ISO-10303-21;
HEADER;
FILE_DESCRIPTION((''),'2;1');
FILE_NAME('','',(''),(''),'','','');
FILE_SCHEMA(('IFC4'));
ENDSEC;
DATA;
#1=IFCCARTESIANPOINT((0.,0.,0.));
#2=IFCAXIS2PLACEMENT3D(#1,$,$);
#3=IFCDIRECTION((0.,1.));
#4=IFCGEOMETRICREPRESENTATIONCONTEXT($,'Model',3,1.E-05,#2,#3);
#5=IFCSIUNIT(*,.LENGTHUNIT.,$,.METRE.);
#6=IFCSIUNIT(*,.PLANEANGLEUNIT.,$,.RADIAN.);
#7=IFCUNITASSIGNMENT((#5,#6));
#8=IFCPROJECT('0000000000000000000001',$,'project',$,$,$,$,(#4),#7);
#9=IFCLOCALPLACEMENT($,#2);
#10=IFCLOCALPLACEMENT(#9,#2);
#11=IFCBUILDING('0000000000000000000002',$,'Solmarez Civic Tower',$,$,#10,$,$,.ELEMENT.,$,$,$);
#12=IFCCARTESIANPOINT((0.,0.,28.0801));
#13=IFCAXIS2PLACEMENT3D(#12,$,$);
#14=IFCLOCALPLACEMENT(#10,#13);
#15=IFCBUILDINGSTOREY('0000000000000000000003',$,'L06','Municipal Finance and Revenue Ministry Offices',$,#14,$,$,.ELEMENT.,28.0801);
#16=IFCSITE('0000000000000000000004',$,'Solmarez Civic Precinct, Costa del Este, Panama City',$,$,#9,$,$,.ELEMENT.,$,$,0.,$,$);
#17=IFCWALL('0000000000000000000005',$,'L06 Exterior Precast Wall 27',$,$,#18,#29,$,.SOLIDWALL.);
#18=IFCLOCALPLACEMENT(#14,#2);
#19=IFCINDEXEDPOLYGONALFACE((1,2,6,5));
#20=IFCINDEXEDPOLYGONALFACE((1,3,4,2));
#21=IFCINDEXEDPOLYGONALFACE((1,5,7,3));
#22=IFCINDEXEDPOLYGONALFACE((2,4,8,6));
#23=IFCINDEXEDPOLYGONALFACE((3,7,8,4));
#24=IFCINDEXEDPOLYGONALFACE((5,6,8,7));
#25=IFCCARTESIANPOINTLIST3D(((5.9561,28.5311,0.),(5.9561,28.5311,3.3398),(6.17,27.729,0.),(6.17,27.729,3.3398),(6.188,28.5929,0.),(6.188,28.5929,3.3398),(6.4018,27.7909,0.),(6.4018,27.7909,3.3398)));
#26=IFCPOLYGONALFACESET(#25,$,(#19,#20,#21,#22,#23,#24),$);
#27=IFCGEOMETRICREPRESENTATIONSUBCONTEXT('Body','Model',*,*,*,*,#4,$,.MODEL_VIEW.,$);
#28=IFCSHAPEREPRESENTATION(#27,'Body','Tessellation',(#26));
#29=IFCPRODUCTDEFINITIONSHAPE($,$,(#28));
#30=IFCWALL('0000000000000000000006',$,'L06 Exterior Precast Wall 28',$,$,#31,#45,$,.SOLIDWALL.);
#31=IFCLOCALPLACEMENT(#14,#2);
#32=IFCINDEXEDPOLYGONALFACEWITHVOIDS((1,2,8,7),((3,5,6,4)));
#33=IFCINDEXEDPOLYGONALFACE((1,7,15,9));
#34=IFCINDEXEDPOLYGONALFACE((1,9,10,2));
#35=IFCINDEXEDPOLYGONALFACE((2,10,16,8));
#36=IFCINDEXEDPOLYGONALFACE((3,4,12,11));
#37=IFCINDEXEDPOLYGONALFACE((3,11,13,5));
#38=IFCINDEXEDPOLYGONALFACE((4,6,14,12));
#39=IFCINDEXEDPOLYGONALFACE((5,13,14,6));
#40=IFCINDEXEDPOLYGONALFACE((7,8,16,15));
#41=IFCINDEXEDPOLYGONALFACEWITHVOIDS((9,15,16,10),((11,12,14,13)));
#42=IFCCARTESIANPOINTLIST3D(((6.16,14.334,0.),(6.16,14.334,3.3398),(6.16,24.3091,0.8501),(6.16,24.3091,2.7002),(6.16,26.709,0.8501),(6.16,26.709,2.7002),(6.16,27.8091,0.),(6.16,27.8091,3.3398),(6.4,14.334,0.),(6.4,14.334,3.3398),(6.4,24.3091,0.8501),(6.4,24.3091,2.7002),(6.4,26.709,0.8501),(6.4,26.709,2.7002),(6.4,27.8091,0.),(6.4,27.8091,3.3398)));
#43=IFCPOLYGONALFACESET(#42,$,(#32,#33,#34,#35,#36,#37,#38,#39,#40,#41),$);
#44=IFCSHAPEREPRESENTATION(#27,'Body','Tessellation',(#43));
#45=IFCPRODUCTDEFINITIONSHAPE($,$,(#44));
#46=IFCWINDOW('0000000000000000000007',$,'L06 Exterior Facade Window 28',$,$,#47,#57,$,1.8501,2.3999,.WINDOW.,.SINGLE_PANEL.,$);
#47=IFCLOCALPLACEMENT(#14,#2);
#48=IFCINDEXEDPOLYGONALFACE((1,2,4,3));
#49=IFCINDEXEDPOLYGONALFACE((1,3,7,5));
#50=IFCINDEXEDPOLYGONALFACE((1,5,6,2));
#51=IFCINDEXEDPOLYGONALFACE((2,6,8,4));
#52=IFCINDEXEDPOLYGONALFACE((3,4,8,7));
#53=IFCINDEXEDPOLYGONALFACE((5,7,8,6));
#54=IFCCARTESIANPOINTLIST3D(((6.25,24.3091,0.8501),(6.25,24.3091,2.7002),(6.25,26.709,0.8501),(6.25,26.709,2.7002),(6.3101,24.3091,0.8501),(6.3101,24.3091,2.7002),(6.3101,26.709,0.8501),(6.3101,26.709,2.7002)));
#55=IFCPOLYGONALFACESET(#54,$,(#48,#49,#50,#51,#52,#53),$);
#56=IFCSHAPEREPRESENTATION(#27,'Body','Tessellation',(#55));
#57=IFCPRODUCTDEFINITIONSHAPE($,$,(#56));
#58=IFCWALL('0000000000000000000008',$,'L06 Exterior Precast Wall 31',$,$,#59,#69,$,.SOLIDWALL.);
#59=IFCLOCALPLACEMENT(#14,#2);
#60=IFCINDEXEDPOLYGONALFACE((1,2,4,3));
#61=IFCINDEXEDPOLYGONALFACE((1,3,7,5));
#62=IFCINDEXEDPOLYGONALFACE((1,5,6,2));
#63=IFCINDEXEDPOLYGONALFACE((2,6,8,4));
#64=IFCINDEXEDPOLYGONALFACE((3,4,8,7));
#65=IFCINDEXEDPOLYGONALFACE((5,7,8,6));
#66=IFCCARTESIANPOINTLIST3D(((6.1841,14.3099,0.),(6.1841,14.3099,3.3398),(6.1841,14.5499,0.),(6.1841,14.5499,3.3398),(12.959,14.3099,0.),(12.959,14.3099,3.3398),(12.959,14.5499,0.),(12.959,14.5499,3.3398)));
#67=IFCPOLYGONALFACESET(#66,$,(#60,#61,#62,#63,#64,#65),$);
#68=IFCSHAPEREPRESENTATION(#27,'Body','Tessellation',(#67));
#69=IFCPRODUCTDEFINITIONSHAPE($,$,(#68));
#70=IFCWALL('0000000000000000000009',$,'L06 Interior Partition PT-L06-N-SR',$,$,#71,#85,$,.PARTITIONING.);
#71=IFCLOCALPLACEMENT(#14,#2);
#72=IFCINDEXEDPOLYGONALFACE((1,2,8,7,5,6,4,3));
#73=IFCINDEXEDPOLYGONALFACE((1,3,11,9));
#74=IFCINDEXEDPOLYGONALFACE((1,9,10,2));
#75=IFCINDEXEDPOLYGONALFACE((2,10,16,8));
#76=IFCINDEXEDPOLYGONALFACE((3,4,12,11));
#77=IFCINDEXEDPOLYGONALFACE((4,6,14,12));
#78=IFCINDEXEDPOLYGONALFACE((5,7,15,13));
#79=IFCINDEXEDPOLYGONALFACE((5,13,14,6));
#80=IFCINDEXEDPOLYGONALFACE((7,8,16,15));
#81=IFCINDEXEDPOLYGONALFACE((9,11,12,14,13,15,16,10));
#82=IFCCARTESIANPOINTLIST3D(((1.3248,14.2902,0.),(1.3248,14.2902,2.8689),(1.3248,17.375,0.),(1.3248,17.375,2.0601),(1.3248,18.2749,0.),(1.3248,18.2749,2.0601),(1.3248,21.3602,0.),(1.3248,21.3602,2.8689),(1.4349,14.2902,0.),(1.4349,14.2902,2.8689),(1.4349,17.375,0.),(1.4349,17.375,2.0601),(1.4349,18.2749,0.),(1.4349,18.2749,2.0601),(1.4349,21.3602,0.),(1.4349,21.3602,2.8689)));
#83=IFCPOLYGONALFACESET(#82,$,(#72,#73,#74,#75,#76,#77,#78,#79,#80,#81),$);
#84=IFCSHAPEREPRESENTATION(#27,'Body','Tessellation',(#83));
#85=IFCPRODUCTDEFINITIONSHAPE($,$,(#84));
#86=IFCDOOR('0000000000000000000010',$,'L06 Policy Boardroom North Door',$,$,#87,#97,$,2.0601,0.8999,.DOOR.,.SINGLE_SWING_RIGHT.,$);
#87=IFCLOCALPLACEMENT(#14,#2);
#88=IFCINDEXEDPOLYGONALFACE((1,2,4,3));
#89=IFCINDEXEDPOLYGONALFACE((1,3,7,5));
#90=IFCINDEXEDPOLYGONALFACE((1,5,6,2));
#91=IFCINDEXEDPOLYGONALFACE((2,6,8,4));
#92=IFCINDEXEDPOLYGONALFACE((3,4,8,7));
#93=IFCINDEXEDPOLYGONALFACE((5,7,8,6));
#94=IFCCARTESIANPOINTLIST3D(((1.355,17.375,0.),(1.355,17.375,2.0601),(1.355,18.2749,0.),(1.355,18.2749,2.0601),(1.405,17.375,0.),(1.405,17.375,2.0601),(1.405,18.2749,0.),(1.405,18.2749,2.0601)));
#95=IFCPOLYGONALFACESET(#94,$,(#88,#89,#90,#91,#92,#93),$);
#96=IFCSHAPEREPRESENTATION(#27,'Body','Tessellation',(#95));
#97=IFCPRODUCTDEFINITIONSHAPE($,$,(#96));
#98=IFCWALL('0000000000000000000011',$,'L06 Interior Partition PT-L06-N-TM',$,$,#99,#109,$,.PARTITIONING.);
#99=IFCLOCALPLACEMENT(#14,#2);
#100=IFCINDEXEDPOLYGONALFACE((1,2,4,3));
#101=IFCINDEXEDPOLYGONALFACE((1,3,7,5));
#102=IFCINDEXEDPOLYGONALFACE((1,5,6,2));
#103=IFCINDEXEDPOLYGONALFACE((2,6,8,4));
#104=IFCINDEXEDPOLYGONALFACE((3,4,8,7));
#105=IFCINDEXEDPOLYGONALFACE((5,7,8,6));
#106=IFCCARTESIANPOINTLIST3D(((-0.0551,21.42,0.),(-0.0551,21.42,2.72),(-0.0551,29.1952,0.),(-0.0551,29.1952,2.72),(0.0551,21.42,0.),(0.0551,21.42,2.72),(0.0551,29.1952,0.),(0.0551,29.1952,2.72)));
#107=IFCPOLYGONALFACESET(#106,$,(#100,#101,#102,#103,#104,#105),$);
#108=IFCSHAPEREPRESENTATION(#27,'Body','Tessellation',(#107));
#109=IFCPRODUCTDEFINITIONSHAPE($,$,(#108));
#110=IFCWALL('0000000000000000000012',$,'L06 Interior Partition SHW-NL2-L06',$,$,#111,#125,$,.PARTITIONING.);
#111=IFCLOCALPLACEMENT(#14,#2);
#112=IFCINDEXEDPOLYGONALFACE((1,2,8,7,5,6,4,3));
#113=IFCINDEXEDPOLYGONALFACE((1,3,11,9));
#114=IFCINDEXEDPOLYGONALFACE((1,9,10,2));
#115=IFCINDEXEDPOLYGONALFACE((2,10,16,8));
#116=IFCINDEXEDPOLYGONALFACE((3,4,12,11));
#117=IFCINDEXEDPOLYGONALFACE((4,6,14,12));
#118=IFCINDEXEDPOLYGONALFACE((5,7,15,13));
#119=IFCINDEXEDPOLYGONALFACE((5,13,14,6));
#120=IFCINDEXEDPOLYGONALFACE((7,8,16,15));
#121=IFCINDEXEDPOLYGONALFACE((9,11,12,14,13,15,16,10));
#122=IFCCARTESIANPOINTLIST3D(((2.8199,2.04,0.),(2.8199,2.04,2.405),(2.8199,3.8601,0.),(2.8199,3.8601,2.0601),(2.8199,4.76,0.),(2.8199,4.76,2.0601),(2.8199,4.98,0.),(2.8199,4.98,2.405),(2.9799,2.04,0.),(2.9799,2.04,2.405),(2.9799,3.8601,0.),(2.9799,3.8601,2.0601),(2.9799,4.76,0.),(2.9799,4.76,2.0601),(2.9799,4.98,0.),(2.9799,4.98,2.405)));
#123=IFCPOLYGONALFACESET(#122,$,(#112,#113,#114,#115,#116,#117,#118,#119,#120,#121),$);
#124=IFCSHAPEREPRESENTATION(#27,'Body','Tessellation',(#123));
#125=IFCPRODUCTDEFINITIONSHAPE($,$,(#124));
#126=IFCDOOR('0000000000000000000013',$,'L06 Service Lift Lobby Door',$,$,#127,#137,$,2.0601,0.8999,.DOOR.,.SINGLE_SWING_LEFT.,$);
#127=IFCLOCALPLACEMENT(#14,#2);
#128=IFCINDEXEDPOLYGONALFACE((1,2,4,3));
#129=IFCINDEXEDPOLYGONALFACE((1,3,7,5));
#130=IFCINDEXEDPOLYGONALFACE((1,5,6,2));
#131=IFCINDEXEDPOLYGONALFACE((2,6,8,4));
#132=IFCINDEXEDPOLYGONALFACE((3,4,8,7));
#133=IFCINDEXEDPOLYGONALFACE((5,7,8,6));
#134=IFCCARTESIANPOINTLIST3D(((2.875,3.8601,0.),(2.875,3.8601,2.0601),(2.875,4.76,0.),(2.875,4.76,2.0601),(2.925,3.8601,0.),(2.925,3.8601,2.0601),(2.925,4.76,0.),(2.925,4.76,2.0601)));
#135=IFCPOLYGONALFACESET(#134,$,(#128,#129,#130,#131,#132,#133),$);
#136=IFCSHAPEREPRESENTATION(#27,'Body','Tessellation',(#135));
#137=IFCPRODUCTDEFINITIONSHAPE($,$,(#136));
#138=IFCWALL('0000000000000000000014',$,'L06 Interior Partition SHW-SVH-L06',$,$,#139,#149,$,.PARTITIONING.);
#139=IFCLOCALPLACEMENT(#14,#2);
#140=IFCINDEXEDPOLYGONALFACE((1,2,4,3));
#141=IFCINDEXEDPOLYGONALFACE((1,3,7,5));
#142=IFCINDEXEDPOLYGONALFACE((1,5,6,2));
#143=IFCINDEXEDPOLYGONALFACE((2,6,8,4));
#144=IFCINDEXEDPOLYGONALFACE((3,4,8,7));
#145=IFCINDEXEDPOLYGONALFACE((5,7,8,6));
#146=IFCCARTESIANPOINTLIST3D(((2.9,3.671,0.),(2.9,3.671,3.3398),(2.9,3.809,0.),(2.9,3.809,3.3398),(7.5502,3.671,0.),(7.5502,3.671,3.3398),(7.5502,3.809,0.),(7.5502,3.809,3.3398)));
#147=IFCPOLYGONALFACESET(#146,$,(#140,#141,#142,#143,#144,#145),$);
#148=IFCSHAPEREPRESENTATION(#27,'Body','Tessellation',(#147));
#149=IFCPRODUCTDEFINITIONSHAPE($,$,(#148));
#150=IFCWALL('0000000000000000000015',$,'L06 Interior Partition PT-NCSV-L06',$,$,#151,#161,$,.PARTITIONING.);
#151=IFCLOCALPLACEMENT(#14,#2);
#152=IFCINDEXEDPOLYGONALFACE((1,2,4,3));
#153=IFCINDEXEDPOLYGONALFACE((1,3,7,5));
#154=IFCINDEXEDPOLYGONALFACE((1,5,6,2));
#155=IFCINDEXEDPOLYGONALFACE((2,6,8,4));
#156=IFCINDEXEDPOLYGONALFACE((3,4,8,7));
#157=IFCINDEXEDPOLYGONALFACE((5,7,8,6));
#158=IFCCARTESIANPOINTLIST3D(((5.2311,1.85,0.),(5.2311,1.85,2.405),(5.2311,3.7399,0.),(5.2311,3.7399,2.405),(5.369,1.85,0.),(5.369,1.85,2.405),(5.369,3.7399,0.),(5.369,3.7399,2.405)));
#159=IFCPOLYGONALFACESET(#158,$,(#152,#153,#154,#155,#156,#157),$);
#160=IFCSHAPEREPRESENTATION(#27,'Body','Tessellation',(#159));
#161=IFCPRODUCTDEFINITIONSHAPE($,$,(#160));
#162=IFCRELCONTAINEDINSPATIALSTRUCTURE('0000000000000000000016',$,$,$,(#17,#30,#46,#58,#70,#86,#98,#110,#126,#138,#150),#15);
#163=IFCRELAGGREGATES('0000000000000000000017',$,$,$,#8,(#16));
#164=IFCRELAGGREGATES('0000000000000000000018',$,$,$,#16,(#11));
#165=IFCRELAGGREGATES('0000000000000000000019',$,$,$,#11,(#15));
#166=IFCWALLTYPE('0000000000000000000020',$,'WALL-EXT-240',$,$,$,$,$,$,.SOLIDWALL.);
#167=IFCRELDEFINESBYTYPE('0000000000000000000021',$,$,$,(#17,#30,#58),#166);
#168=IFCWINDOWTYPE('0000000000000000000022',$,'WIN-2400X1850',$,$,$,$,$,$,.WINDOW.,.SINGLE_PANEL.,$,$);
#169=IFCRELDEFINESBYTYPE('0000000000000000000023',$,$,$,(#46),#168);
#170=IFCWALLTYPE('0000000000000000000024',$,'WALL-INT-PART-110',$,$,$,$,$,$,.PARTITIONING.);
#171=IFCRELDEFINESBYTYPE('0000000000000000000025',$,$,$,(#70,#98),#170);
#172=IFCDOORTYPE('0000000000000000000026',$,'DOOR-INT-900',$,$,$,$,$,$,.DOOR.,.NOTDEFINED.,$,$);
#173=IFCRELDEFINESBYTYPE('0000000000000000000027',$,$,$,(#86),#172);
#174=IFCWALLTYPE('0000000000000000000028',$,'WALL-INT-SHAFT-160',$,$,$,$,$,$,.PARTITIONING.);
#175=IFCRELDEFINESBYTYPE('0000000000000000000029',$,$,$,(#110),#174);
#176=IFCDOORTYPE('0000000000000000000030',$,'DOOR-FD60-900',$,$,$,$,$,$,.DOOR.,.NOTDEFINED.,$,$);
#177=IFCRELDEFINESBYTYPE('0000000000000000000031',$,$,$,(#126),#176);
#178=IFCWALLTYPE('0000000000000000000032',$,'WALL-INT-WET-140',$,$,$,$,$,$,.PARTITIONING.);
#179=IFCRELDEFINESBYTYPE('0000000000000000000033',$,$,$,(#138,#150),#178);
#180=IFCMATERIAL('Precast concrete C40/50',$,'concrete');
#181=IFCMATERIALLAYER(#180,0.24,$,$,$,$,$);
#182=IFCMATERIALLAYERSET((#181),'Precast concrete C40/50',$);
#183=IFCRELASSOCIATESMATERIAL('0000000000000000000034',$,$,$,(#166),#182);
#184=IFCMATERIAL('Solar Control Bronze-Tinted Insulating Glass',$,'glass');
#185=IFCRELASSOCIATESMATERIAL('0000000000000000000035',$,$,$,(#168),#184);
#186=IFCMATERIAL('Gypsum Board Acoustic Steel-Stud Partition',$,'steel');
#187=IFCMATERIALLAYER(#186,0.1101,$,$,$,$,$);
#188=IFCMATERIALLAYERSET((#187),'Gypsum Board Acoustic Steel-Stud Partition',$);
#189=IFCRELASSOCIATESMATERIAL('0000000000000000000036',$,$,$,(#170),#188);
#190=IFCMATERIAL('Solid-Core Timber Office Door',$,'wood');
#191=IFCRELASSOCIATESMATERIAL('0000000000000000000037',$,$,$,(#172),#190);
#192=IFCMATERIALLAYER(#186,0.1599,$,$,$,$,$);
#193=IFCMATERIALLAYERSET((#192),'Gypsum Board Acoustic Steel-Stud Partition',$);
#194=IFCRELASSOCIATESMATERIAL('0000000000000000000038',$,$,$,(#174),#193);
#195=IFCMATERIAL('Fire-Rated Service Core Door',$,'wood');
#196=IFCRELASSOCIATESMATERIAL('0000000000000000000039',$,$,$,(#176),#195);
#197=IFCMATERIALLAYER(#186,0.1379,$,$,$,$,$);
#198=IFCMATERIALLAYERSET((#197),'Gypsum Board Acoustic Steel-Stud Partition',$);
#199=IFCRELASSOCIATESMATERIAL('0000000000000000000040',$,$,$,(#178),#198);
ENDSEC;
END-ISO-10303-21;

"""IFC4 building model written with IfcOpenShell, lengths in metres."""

from ifc_helpers import new_model, si_unit, direction, frame, frame_2d, origin, place, context, subcontext, project, spatial, rectangle, extrude, material, layer, layer_set, type_object, element, fill, save


model = new_model("IFC4")

# Units and contexts
model_context = context("Model", 3, precision=1e-05, world=origin(), true_north=direction((0.0, 1.0)))
body_context = subcontext(model_context, "Body", "Model", "MODEL_VIEW")
ifc_project = project(units=[si_unit("LENGTHUNIT", "METRE"), si_unit("PLANEANGLEUNIT", "RADIAN")], contexts=[model_context])

# Site, building, storey
site_placement = place(None, origin())
site = spatial("IfcSite", under=ifc_project, at=site_placement, Name="Solmarez Civic Precinct, Costa del Este, Panama City", CompositionType="ELEMENT", RefElevation=0.0)
building_placement = place(site_placement, origin())
building = spatial("IfcBuilding", under=site, at=building_placement, Name="Solmarez Civic Tower", CompositionType="ELEMENT")
storey_placement = place(building_placement, frame((0.0, 0.0, 28.0801)))
storey = spatial("IfcBuildingStorey", under=building, at=storey_placement, Name="L06", Description="Municipal Finance and Revenue Ministry Offices", CompositionType="ELEMENT", Elevation=28.0801)

# Wall
ifc_material_1 = material(Name="Precast concrete C40/50", Category="concrete")
ifc_layer_1 = layer(ifc_material_1, 0.24)
ifc_layer_set_1 = layer_set([ifc_layer_1], Name="Precast concrete C40/50")
wall_type_1 = type_object("IfcWallType", Name="WALL-EXT-240", PredefinedType="SOLIDWALL", material=ifc_layer_set_1)
wall_1_placement = place(storey_placement, frame((6.072, 28.562, 0.0), z_axis=(0.0, 0.0, 1.0), x_axis=(0.257663, -0.966235, 0.0)))
element("IfcWall", 1, at=wall_1_placement, inside=storey, type_object=wall_type_1, Name="L06 Exterior Precast Wall 27", PredefinedType="SOLIDWALL", context=body_context, shape_type="SweptSolid", body=[
    extrude(rectangle(XDim=0.8301, YDim=0.24, at=frame_2d((0.415, 0.0))), origin(), (0.0, 0.0, 1.0), 3.3398),
])

# Wall, opening, window
wall_2_placement = place(storey_placement, frame((6.28, 27.8091, 0.0), z_axis=(0.0, 0.0, 1.0), x_axis=(0.0, -1.0, 0.0)))
wall_2 = element("IfcWall", 2, at=wall_2_placement, inside=storey, type_object=wall_type_1, Name="L06 Exterior Precast Wall 28", PredefinedType="SOLIDWALL", context=body_context, shape_type="SweptSolid", body=[
    extrude(rectangle(XDim=13.4751, YDim=0.24, at=frame_2d((6.7375, 0.0))), origin(), (0.0, 0.0, 1.0), 3.3398),
])
opening_1_placement = place(wall_2_placement, frame((1.1001, 0.0, 0.8501)))
opening_1 = element("IfcOpeningElement", 3, at=opening_1_placement, cuts=wall_2, PredefinedType="OPENING", context=body_context, shape_type="SweptSolid", body=[
    extrude(rectangle(XDim=2.3999, YDim=1.8501, at=frame_2d((1.2, 0.925))), frame((0.0, 0.1299, 0.0), z_axis=(0.0, -1.0, 0.0), x_axis=(1.0, 0.0, 0.0)), (0.0, 0.0, 1.0), 0.26),
])
ifc_material_2 = material(Name="Solar Control Bronze-Tinted Insulating Glass", Category="glass")
window_type = type_object("IfcWindowType", Name="WIN-2400X1850", PartitioningType="SINGLE_PANEL", PredefinedType="WINDOW", material=ifc_material_2)
window_placement = place(opening_1_placement, origin())
window = element("IfcWindow", 4, at=window_placement, inside=storey, type_object=window_type, Name="L06 Exterior Facade Window 28", OverallHeight=1.8501, OverallWidth=2.3999, PartitioningType="SINGLE_PANEL", PredefinedType="WINDOW", context=body_context, shape_type="SweptSolid", body=[
    extrude(rectangle(XDim=2.3999, YDim=1.8501, at=frame_2d((1.2, 0.925))), frame((0.0, 0.03, 0.0), z_axis=(0.0, -1.0, 0.0), x_axis=(1.0, 0.0, 0.0)), (0.0, 0.0, 1.0), 0.0601),
])
fill(opening_1, window)

# Wall
wall_3_placement = place(storey_placement, frame((6.1841, 14.4299, 0.0), z_axis=(0.0, 0.0, 1.0), x_axis=(1.0, 0.0, 0.0)))
element("IfcWall", 5, at=wall_3_placement, inside=storey, type_object=wall_type_1, Name="L06 Exterior Precast Wall 31", PredefinedType="SOLIDWALL", context=body_context, shape_type="SweptSolid", body=[
    extrude(rectangle(XDim=6.7749, YDim=0.24, at=frame_2d((3.3875, 0.0))), origin(), (0.0, 0.0, 1.0), 3.3398),
])

# Wall, opening, door
ifc_material_3 = material(Name="Gypsum Board Acoustic Steel-Stud Partition", Category="steel")
ifc_layer_2 = layer(ifc_material_3, 0.1101)
ifc_layer_set_2 = layer_set([ifc_layer_2], Name="Gypsum Board Acoustic Steel-Stud Partition")
wall_type_2 = type_object("IfcWallType", Name="WALL-INT-PART-110", PredefinedType="PARTITIONING", material=ifc_layer_set_2)
wall_4_placement = place(storey_placement, frame((1.3799, 14.29, 0.0), z_axis=(0.0, 0.0, 1.0), x_axis=(0.0, 1.0, 0.0)))
wall_4 = element("IfcWall", 6, at=wall_4_placement, inside=storey, type_object=wall_type_2, Name="L06 Interior Partition PT-L06-N-SR", PredefinedType="PARTITIONING", context=body_context, shape_type="SweptSolid", body=[
    extrude(rectangle(XDim=7.0701, YDim=0.1101, at=frame_2d((3.5352, 0.0))), origin(), (0.0, 0.0, 1.0), 2.8689),
])
opening_2_placement = place(wall_4_placement, frame((3.085, 0.0, 0.0)))
opening_2 = element("IfcOpeningElement", 7, at=opening_2_placement, cuts=wall_4, PredefinedType="OPENING", context=body_context, shape_type="SweptSolid", body=[
    extrude(rectangle(XDim=0.8999, YDim=2.0601, at=frame_2d((0.45, 1.03))), frame((0.0, 0.0649, 0.0), z_axis=(0.0, -1.0, 0.0), x_axis=(1.0, 0.0, 0.0)), (0.0, 0.0, 1.0), 0.1301),
])
ifc_material_4 = material(Name="Solid-Core Timber Office Door", Category="wood")
door_type_1 = type_object("IfcDoorType", Name="DOOR-INT-900", OperationType="NOTDEFINED", PredefinedType="DOOR", material=ifc_material_4)
door_1_placement = place(opening_2_placement, origin())
door_1 = element("IfcDoor", 8, at=door_1_placement, inside=storey, type_object=door_type_1, Name="L06 Policy Boardroom North Door", OperationType="SINGLE_SWING_RIGHT", OverallHeight=2.0601, OverallWidth=0.8999, PredefinedType="DOOR", context=body_context, shape_type="SweptSolid", body=[
    extrude(rectangle(XDim=0.8999, YDim=2.0601, at=frame_2d((0.45, 1.03))), frame((0.0, 0.0249, 0.0), z_axis=(0.0, -1.0, 0.0), x_axis=(1.0, 0.0, 0.0)), (0.0, 0.0, 1.0), 0.05),
])
fill(opening_2, door_1)

# Wall
wall_5_placement = place(storey_placement, frame((0.0, 21.4199, 0.0), z_axis=(0.0, 0.0, 1.0), x_axis=(0.0, 1.0, 0.0)))
element("IfcWall", 9, at=wall_5_placement, inside=storey, type_object=wall_type_2, Name="L06 Interior Partition PT-L06-N-TM", PredefinedType="PARTITIONING", context=body_context, shape_type="SweptSolid", body=[
    extrude(rectangle(XDim=7.7751, YDim=0.1101, at=frame_2d((3.8877, 0.0))), origin(), (0.0, 0.0, 1.0), 2.72),
])

# Wall, opening, door
ifc_layer_3 = layer(ifc_material_3, 0.1599)
ifc_layer_set_3 = layer_set([ifc_layer_3], Name="Gypsum Board Acoustic Steel-Stud Partition")
wall_type_3 = type_object("IfcWallType", Name="WALL-INT-SHAFT-160", PredefinedType="PARTITIONING", material=ifc_layer_set_3)
wall_6_placement = place(storey_placement, frame((2.8999, 2.04, 0.0), z_axis=(0.0, 0.0, 1.0), x_axis=(0.0, 1.0, 0.0)))
wall_6 = element("IfcWall", 10, at=wall_6_placement, inside=storey, type_object=wall_type_3, Name="L06 Interior Partition SHW-NL2-L06", PredefinedType="PARTITIONING", context=body_context, shape_type="SweptSolid", body=[
    extrude(rectangle(XDim=2.9399, YDim=0.1599, at=frame_2d((1.47, 0.0))), origin(), (0.0, 0.0, 1.0), 2.405),
])
opening_3_placement = place(wall_6_placement, frame((1.8201, 0.0, 0.0)))
opening_3 = element("IfcOpeningElement", 11, at=opening_3_placement, cuts=wall_6, PredefinedType="OPENING", context=body_context, shape_type="SweptSolid", body=[
    extrude(rectangle(XDim=0.8999, YDim=2.0601, at=frame_2d((0.45, 1.03))), frame((0.0, 0.0898, 0.0), z_axis=(0.0, -1.0, 0.0), x_axis=(1.0, 0.0, 0.0)), (0.0, 0.0, 1.0), 0.1799),
])
ifc_material_5 = material(Name="Fire-Rated Service Core Door", Category="wood")
door_type_2 = type_object("IfcDoorType", Name="DOOR-FD60-900", OperationType="NOTDEFINED", PredefinedType="DOOR", material=ifc_material_5)
door_2_placement = place(opening_3_placement, origin())
door_2 = element("IfcDoor", 12, at=door_2_placement, inside=storey, type_object=door_type_2, Name="L06 Service Lift Lobby Door", OperationType="SINGLE_SWING_LEFT", OverallHeight=2.0601, OverallWidth=0.8999, PredefinedType="DOOR", context=body_context, shape_type="SweptSolid", body=[
    extrude(rectangle(XDim=0.8999, YDim=2.0601, at=frame_2d((0.45, 1.03))), frame((0.0, 0.0249, 0.0), z_axis=(0.0, -1.0, 0.0), x_axis=(1.0, 0.0, 0.0)), (0.0, 0.0, 1.0), 0.05),
])
fill(opening_3, door_2)

# Walls
ifc_layer_4 = layer(ifc_material_3, 0.1379)
ifc_layer_set_4 = layer_set([ifc_layer_4], Name="Gypsum Board Acoustic Steel-Stud Partition")
wall_type_4 = type_object("IfcWallType", Name="WALL-INT-WET-140", PredefinedType="PARTITIONING", material=ifc_layer_set_4)
wall_7_placement = place(storey_placement, frame((2.8999, 3.74, 0.0), z_axis=(0.0, 0.0, 1.0), x_axis=(1.0, 0.0, 0.0)))
element("IfcWall", 13, at=wall_7_placement, inside=storey, type_object=wall_type_4, Name="L06 Interior Partition SHW-SVH-L06", PredefinedType="PARTITIONING", context=body_context, shape_type="SweptSolid", body=[
    extrude(rectangle(XDim=4.6501, YDim=0.1379, at=frame_2d((2.3252, 0.0))), origin(), (0.0, 0.0, 1.0), 3.3398),
])
wall_8_placement = place(storey_placement, frame((5.3, 1.8501, 0.0), z_axis=(0.0, 0.0, 1.0), x_axis=(0.0, 1.0, 0.0)))
element("IfcWall", 14, at=wall_8_placement, inside=storey, type_object=wall_type_4, Name="L06 Interior Partition PT-NCSV-L06", PredefinedType="PARTITIONING", context=body_context, shape_type="SweptSolid", body=[
    extrude(rectangle(XDim=1.8899, YDim=0.1379, at=frame_2d((0.9448, 0.0))), origin(), (0.0, 0.0, 1.0), 2.405),
])

save(model, "model.ifc")
